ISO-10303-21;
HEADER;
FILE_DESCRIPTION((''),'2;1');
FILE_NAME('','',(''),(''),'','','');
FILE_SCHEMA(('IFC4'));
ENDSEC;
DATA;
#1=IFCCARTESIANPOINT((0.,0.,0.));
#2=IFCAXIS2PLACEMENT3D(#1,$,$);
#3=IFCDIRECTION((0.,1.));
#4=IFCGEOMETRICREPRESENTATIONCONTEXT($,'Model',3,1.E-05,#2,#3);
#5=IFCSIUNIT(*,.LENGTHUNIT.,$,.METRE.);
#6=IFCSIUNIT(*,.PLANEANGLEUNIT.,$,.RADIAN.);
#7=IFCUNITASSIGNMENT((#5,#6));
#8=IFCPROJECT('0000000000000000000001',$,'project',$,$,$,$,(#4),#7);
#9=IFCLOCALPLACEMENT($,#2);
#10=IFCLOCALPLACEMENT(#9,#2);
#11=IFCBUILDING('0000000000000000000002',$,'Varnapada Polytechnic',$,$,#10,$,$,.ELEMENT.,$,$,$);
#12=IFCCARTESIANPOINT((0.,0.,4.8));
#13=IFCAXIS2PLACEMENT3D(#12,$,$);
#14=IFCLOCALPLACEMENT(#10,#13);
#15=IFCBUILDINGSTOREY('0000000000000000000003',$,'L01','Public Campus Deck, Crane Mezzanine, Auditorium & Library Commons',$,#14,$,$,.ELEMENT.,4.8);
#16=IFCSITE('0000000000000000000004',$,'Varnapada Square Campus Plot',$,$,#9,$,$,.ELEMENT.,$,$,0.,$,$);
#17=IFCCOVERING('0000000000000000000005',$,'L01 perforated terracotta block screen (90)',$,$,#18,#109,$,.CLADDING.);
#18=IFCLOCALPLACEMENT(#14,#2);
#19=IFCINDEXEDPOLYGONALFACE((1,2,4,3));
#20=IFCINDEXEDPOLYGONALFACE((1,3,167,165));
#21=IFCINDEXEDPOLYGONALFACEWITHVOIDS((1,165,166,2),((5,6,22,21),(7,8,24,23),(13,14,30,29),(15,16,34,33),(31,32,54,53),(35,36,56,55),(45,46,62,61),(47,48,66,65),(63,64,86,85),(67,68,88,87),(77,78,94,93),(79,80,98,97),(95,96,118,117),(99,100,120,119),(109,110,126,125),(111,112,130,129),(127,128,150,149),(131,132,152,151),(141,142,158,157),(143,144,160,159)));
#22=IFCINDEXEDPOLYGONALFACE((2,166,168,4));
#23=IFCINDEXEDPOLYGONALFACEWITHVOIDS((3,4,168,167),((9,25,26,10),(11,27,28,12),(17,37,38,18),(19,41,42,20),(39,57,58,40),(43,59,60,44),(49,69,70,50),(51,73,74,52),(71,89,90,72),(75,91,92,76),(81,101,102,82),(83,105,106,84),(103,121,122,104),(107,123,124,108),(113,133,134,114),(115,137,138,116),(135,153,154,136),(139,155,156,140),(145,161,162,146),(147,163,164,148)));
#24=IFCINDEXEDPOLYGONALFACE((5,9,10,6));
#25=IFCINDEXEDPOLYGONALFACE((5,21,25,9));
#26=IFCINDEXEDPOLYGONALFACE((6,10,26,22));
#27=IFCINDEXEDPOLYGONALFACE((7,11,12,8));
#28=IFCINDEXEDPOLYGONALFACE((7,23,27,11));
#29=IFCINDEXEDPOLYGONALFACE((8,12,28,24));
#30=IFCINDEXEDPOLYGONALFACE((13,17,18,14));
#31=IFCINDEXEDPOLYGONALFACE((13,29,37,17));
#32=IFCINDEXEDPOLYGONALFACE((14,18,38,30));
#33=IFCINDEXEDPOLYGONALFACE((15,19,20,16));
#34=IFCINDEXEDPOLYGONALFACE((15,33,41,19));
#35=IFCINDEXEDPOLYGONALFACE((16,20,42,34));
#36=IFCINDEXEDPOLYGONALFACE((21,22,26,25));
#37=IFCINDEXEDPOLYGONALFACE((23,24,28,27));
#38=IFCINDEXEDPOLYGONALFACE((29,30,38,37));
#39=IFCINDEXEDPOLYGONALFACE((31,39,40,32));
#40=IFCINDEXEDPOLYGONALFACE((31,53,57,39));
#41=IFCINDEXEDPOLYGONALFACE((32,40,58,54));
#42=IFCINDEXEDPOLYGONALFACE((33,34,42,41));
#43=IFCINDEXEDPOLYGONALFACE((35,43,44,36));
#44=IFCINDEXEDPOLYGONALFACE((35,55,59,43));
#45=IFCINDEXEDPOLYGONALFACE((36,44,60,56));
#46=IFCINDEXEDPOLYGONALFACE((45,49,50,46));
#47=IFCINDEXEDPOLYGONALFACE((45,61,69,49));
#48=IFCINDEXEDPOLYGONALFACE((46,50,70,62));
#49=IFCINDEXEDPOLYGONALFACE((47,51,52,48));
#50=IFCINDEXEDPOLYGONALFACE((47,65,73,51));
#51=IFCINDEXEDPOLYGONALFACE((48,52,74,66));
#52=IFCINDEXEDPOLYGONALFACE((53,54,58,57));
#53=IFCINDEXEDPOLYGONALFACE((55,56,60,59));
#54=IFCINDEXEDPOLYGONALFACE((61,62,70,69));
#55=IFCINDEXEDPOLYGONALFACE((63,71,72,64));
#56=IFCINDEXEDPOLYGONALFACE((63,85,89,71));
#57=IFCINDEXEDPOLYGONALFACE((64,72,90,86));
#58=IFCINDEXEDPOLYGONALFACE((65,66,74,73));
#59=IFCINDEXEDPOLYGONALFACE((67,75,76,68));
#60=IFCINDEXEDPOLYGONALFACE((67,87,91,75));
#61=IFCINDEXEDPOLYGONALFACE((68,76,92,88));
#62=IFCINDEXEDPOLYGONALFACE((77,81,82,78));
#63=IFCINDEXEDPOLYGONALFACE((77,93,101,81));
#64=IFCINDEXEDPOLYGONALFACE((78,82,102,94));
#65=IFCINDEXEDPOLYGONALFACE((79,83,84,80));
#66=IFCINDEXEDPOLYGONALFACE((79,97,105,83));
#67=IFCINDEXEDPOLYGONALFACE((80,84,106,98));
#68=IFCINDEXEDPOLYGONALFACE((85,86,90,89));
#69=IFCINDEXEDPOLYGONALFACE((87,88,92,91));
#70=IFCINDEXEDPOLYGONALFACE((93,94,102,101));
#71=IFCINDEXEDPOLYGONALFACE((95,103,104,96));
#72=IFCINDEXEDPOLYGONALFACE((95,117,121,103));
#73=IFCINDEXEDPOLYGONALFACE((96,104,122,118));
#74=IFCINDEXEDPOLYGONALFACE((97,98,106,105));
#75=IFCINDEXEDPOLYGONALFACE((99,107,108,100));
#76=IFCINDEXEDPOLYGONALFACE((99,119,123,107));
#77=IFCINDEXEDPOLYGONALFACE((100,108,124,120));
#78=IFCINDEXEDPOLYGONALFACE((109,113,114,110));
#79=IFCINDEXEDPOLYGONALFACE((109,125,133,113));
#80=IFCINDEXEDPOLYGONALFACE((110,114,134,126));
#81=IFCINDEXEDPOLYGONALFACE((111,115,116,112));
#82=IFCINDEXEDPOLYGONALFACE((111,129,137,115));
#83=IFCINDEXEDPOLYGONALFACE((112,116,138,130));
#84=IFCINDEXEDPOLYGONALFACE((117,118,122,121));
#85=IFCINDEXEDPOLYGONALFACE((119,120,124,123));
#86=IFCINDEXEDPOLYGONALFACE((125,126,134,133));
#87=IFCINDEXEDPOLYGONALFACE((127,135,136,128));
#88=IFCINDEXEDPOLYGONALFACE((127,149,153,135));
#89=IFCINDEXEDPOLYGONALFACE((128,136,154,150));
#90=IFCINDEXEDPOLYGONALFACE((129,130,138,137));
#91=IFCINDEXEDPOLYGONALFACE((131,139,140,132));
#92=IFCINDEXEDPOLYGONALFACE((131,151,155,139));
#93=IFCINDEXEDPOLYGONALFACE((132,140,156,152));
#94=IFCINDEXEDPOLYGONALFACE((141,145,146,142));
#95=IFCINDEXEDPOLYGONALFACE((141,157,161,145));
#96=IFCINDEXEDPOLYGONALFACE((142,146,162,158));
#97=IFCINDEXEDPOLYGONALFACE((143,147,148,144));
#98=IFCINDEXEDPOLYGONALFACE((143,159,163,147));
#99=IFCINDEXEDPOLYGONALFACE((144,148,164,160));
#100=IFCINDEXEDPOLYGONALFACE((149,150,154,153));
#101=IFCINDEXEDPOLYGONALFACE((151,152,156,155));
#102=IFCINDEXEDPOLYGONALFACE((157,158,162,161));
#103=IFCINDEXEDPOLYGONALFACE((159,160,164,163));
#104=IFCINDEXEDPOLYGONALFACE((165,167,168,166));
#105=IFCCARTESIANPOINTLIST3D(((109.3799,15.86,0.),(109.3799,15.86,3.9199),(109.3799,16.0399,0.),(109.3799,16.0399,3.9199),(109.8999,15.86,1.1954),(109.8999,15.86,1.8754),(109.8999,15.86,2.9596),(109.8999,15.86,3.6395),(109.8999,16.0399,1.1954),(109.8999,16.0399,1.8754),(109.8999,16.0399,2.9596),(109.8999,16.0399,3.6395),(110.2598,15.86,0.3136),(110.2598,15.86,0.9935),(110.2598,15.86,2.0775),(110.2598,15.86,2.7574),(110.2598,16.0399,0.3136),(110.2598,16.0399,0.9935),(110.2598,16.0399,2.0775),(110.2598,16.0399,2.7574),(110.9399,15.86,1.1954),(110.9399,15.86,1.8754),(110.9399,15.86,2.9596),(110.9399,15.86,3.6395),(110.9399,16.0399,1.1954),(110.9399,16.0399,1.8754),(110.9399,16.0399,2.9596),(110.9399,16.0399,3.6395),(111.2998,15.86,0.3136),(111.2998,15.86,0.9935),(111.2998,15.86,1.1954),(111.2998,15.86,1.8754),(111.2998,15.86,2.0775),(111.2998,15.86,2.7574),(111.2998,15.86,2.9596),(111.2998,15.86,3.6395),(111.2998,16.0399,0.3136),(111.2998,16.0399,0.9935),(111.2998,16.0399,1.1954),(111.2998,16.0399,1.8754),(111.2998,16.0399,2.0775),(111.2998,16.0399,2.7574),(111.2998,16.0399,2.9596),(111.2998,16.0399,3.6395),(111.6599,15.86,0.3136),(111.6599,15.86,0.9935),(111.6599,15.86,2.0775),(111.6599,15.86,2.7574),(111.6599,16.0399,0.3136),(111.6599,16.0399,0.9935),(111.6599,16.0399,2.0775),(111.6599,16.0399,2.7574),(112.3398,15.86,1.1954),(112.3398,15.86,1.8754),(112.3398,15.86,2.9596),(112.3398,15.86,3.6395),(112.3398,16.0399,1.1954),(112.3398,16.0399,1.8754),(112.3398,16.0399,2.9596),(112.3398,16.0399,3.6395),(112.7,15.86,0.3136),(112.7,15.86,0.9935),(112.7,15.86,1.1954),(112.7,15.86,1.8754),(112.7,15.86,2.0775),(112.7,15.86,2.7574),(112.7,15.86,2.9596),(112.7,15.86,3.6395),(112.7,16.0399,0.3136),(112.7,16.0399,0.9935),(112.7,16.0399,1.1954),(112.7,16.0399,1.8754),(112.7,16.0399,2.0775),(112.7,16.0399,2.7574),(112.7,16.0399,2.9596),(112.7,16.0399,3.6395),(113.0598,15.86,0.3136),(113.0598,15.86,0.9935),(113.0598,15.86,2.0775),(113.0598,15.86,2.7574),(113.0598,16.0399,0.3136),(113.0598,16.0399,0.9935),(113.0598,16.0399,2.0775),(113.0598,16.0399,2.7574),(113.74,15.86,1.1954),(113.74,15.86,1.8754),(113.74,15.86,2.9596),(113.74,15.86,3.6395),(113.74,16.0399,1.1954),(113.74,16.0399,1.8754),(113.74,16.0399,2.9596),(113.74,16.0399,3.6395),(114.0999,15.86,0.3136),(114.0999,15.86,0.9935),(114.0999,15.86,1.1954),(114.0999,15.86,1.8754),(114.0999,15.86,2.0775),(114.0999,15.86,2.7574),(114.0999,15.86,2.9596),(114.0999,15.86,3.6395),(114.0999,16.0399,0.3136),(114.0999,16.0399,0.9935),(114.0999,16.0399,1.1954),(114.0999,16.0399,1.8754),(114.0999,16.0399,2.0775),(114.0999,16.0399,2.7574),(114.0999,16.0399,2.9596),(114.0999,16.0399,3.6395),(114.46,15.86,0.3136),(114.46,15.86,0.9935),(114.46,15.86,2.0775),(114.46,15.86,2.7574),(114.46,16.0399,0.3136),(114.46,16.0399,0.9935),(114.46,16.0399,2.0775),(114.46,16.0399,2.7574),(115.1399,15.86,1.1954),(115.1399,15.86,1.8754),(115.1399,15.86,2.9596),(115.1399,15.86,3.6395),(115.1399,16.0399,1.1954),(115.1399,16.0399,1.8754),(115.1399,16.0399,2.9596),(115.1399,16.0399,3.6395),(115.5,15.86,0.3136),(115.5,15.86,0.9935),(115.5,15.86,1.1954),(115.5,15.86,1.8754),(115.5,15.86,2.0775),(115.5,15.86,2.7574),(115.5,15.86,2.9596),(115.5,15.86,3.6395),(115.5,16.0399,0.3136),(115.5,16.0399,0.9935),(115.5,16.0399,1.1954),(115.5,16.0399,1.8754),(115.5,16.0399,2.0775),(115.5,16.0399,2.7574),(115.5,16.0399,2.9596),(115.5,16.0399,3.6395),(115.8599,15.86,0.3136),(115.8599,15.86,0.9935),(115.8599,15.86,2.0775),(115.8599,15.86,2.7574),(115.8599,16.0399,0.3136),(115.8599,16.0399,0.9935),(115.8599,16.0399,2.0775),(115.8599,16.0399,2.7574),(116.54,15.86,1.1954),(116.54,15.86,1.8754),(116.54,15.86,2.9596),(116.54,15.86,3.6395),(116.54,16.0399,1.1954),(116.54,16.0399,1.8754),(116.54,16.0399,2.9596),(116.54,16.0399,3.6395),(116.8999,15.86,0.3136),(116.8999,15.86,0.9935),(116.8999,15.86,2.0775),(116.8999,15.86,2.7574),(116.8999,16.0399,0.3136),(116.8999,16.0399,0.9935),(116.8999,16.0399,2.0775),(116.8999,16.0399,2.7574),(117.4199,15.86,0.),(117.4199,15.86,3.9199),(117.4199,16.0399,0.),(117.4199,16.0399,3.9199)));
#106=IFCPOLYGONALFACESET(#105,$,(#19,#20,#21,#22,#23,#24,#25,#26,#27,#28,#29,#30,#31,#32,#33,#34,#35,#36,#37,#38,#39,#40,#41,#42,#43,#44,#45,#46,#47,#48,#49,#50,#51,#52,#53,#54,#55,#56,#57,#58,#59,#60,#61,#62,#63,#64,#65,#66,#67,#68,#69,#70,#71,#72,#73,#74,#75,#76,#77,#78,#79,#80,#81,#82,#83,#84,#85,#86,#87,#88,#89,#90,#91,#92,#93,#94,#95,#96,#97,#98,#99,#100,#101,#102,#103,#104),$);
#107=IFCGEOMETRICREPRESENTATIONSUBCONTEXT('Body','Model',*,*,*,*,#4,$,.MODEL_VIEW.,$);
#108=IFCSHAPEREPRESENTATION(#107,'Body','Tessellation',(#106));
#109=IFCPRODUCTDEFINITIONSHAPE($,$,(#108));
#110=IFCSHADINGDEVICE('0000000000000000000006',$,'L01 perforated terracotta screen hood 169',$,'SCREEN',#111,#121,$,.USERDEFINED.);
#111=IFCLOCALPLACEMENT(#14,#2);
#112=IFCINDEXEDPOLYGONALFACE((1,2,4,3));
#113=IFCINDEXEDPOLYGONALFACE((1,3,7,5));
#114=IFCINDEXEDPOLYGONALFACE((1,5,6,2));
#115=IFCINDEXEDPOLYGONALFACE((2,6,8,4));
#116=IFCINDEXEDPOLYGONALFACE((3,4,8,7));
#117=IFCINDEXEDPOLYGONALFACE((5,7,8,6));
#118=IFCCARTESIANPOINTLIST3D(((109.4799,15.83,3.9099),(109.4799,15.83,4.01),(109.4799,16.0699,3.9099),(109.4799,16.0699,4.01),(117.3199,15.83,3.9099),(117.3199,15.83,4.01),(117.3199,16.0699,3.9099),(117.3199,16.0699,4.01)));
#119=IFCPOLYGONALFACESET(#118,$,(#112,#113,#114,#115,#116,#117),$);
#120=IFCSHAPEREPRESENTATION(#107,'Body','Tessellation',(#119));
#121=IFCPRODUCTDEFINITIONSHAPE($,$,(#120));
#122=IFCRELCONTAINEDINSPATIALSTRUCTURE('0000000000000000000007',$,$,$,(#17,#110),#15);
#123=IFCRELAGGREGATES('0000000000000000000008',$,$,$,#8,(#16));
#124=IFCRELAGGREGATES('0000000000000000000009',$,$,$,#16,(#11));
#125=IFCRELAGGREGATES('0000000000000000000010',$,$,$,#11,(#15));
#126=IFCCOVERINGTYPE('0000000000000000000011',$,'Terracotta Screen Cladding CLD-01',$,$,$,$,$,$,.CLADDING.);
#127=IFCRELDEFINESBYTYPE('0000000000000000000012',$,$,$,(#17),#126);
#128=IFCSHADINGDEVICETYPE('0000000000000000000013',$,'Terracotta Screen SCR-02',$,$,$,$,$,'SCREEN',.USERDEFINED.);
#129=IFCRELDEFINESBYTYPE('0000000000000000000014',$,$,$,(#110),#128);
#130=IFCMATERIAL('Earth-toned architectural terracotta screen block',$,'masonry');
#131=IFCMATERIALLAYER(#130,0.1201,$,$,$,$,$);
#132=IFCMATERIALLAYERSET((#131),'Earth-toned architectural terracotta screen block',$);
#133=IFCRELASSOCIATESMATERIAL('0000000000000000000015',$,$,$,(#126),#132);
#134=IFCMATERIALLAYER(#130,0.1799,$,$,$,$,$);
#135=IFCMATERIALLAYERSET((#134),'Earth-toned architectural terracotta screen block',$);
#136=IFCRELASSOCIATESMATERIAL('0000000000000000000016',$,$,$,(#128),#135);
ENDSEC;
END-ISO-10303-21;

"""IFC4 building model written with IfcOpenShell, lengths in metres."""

from ifc_helpers import new_model, si_unit, direction, frame, frame_2d, origin, origin_2d, place, context, subcontext, project, spatial, rectangle, extrude, material, layer, layer_set, type_object, element, save


model = new_model("IFC4")

# Units and contexts
model_context = context("Model", 3, precision=1e-05, world=origin(), true_north=direction((0.0, 1.0)))
body_context = subcontext(model_context, "Body", "Model", "MODEL_VIEW")
ifc_project = project(units=[si_unit("LENGTHUNIT", "METRE"), si_unit("PLANEANGLEUNIT", "RADIAN")], contexts=[model_context])

# Site, building, storey
site_placement = place(None, origin())
site = spatial("IfcSite", under=ifc_project, at=site_placement, Name="Varnapada Square Campus Plot", CompositionType="ELEMENT", RefElevation=0.0)
building_placement = place(site_placement, origin())
building = spatial("IfcBuilding", under=site, at=building_placement, Name="Varnapada Polytechnic", CompositionType="ELEMENT")
storey_placement = place(building_placement, frame((0.0, 0.0, 4.8)))
storey = spatial("IfcBuildingStorey", under=building, at=storey_placement, Name="L01", Description="Public Campus Deck, Crane Mezzanine, Auditorium & Library Commons", CompositionType="ELEMENT", Elevation=4.8)

# Covering, openings
ifc_material = material(Name="Earth-toned architectural terracotta screen block", Category="masonry")
ifc_layer_1 = layer(ifc_material, 0.1201)
ifc_layer_set_1 = layer_set([ifc_layer_1], Name="Earth-toned architectural terracotta screen block")
covering_type = type_object("IfcCoveringType", Name="Terracotta Screen Cladding CLD-01", PredefinedType="CLADDING", material=ifc_layer_set_1)
covering_placement = place(storey_placement, frame((117.4199, 15.95, 0.0), z_axis=(0.0, 0.0, 1.0), x_axis=(-1.0, 0.0, 0.0)))
covering = element("IfcCovering", 1, at=covering_placement, inside=storey, type_object=covering_type, Name="L01 perforated terracotta block screen (90)", PredefinedType="CLADDING", context=body_context, shape_type="SweptSolid", body=[
    extrude(rectangle(XDim=8.04, YDim=0.1799, at=frame_2d((4.02, 0.0))), origin(), (0.0, 0.0, 1.0), 3.9199),
])
opening_1_placement = place(covering_placement, frame((0.52, 0.0, 0.3137)))
element("IfcOpeningElement", 2, at=opening_1_placement, cuts=covering, PredefinedType="OPENING", context=body_context, shape_type="SweptSolid", body=[
    extrude(rectangle(XDim=1.04, YDim=0.6799, at=frame_2d((0.52, 0.3398))), frame((0.0, 0.0999, 0.0), z_axis=(0.0, -1.0, 0.0), x_axis=(1.0, 0.0, 0.0)), (0.0, 0.0, 1.0), 0.2),
])
opening_2_placement = place(covering_placement, frame((1.9199, 0.0, 0.3137)))
element("IfcOpeningElement", 3, at=opening_2_placement, cuts=covering, PredefinedType="OPENING", context=body_context, shape_type="SweptSolid", body=[
    extrude(rectangle(XDim=1.04, YDim=0.6799, at=frame_2d((0.52, 0.3398))), frame((0.0, 0.0999, 0.0), z_axis=(0.0, -1.0, 0.0), x_axis=(1.0, 0.0, 0.0)), (0.0, 0.0, 1.0), 0.2),
])
opening_3_placement = place(covering_placement, frame((3.3201, 0.0, 0.3137)))
element("IfcOpeningElement", 4, at=opening_3_placement, cuts=covering, PredefinedType="OPENING", context=body_context, shape_type="SweptSolid", body=[
    extrude(rectangle(XDim=1.04, YDim=0.6799, at=frame_2d((0.52, 0.3398))), frame((0.0, 0.0999, 0.0), z_axis=(0.0, -1.0, 0.0), x_axis=(1.0, 0.0, 0.0)), (0.0, 0.0, 1.0), 0.2),
])
opening_4_placement = place(covering_placement, frame((4.72, 0.0, 0.3137)))
element("IfcOpeningElement", 5, at=opening_4_placement, cuts=covering, PredefinedType="OPENING", context=body_context, shape_type="SweptSolid", body=[
    extrude(rectangle(XDim=1.04, YDim=0.6799, at=frame_2d((0.52, 0.3398))), frame((0.0, 0.0999, 0.0), z_axis=(0.0, -1.0, 0.0), x_axis=(1.0, 0.0, 0.0)), (0.0, 0.0, 1.0), 0.2),
])
opening_5_placement = place(covering_placement, frame((6.1201, 0.0, 0.3137)))
element("IfcOpeningElement", 6, at=opening_5_placement, cuts=covering, PredefinedType="OPENING", context=body_context, shape_type="SweptSolid", body=[
    extrude(rectangle(XDim=1.04, YDim=0.6799, at=frame_2d((0.52, 0.3398))), frame((0.0, 0.0999, 0.0), z_axis=(0.0, -1.0, 0.0), x_axis=(1.0, 0.0, 0.0)), (0.0, 0.0, 1.0), 0.2),
])
opening_6_placement = place(covering_placement, frame((0.8799, 0.0, 1.1956)))
element("IfcOpeningElement", 7, at=opening_6_placement, cuts=covering, PredefinedType="OPENING", context=body_context, shape_type="SweptSolid", body=[
    extrude(rectangle(XDim=1.04, YDim=0.6799, at=frame_2d((0.52, 0.3398))), frame((0.0, 0.0999, 0.0), z_axis=(0.0, -1.0, 0.0), x_axis=(1.0, 0.0, 0.0)), (0.0, 0.0, 1.0), 0.2),
])
opening_7_placement = place(covering_placement, frame((2.28, 0.0, 1.1956)))
element("IfcOpeningElement", 8, at=opening_7_placement, cuts=covering, PredefinedType="OPENING", context=body_context, shape_type="SweptSolid", body=[
    extrude(rectangle(XDim=1.04, YDim=0.6799, at=frame_2d((0.52, 0.3398))), frame((0.0, 0.0999, 0.0), z_axis=(0.0, -1.0, 0.0), x_axis=(1.0, 0.0, 0.0)), (0.0, 0.0, 1.0), 0.2),
])
opening_8_placement = place(covering_placement, frame((3.6799, 0.0, 1.1956)))
element("IfcOpeningElement", 9, at=opening_8_placement, cuts=covering, PredefinedType="OPENING", context=body_context, shape_type="SweptSolid", body=[
    extrude(rectangle(XDim=1.04, YDim=0.6799, at=frame_2d((0.52, 0.3398))), frame((0.0, 0.0999, 0.0), z_axis=(0.0, -1.0, 0.0), x_axis=(1.0, 0.0, 0.0)), (0.0, 0.0, 1.0), 0.2),
])
opening_9_placement = place(covering_placement, frame((5.0801, 0.0, 1.1956)))
element("IfcOpeningElement", 10, at=opening_9_placement, cuts=covering, PredefinedType="OPENING", context=body_context, shape_type="SweptSolid", body=[
    extrude(rectangle(XDim=1.04, YDim=0.6799, at=frame_2d((0.52, 0.3398))), frame((0.0, 0.0999, 0.0), z_axis=(0.0, -1.0, 0.0), x_axis=(1.0, 0.0, 0.0)), (0.0, 0.0, 1.0), 0.2),
])
opening_10_placement = place(covering_placement, frame((6.48, 0.0, 1.1956)))
element("IfcOpeningElement", 11, at=opening_10_placement, cuts=covering, PredefinedType="OPENING", context=body_context, shape_type="SweptSolid", body=[
    extrude(rectangle(XDim=1.04, YDim=0.6799, at=frame_2d((0.52, 0.3398))), frame((0.0, 0.0999, 0.0), z_axis=(0.0, -1.0, 0.0), x_axis=(1.0, 0.0, 0.0)), (0.0, 0.0, 1.0), 0.2),
])
opening_11_placement = place(covering_placement, frame((0.52, 0.0, 2.0776)))
element("IfcOpeningElement", 12, at=opening_11_placement, cuts=covering, PredefinedType="OPENING", context=body_context, shape_type="SweptSolid", body=[
    extrude(rectangle(XDim=1.04, YDim=0.6799, at=frame_2d((0.52, 0.3398))), frame((0.0, 0.0999, 0.0), z_axis=(0.0, -1.0, 0.0), x_axis=(1.0, 0.0, 0.0)), (0.0, 0.0, 1.0), 0.2),
])
opening_12_placement = place(covering_placement, frame((1.9199, 0.0, 2.0776)))
element("IfcOpeningElement", 13, at=opening_12_placement, cuts=covering, PredefinedType="OPENING", context=body_context, shape_type="SweptSolid", body=[
    extrude(rectangle(XDim=1.04, YDim=0.6799, at=frame_2d((0.52, 0.3398))), frame((0.0, 0.0999, 0.0), z_axis=(0.0, -1.0, 0.0), x_axis=(1.0, 0.0, 0.0)), (0.0, 0.0, 1.0), 0.2),
])
opening_13_placement = place(covering_placement, frame((3.3201, 0.0, 2.0776)))
element("IfcOpeningElement", 14, at=opening_13_placement, cuts=covering, PredefinedType="OPENING", context=body_context, shape_type="SweptSolid", body=[
    extrude(rectangle(XDim=1.04, YDim=0.6799, at=frame_2d((0.52, 0.3398))), frame((0.0, 0.0999, 0.0), z_axis=(0.0, -1.0, 0.0), x_axis=(1.0, 0.0, 0.0)), (0.0, 0.0, 1.0), 0.2),
])
opening_14_placement = place(covering_placement, frame((4.72, 0.0, 2.0776)))
element("IfcOpeningElement", 15, at=opening_14_placement, cuts=covering, PredefinedType="OPENING", context=body_context, shape_type="SweptSolid", body=[
    extrude(rectangle(XDim=1.04, YDim=0.6799, at=frame_2d((0.52, 0.3398))), frame((0.0, 0.0999, 0.0), z_axis=(0.0, -1.0, 0.0), x_axis=(1.0, 0.0, 0.0)), (0.0, 0.0, 1.0), 0.2),
])
opening_15_placement = place(covering_placement, frame((6.1201, 0.0, 2.0776)))
element("IfcOpeningElement", 16, at=opening_15_placement, cuts=covering, PredefinedType="OPENING", context=body_context, shape_type="SweptSolid", body=[
    extrude(rectangle(XDim=1.04, YDim=0.6799, at=frame_2d((0.52, 0.3398))), frame((0.0, 0.0999, 0.0), z_axis=(0.0, -1.0, 0.0), x_axis=(1.0, 0.0, 0.0)), (0.0, 0.0, 1.0), 0.2),
])
opening_16_placement = place(covering_placement, frame((0.8799, 0.0, 2.9597)))
element("IfcOpeningElement", 17, at=opening_16_placement, cuts=covering, PredefinedType="OPENING", context=body_context, shape_type="SweptSolid", body=[
    extrude(rectangle(XDim=1.04, YDim=0.6799, at=frame_2d((0.52, 0.3398))), frame((0.0, 0.0999, 0.0), z_axis=(0.0, -1.0, 0.0), x_axis=(1.0, 0.0, 0.0)), (0.0, 0.0, 1.0), 0.2),
])
opening_17_placement = place(covering_placement, frame((2.28, 0.0, 2.9597)))
element("IfcOpeningElement", 18, at=opening_17_placement, cuts=covering, PredefinedType="OPENING", context=body_context, shape_type="SweptSolid", body=[
    extrude(rectangle(XDim=1.04, YDim=0.6799, at=frame_2d((0.52, 0.3398))), frame((0.0, 0.0999, 0.0), z_axis=(0.0, -1.0, 0.0), x_axis=(1.0, 0.0, 0.0)), (0.0, 0.0, 1.0), 0.2),
])
opening_18_placement = place(covering_placement, frame((3.6799, 0.0, 2.9597)))
element("IfcOpeningElement", 19, at=opening_18_placement, cuts=covering, PredefinedType="OPENING", context=body_context, shape_type="SweptSolid", body=[
    extrude(rectangle(XDim=1.04, YDim=0.6799, at=frame_2d((0.52, 0.3398))), frame((0.0, 0.0999, 0.0), z_axis=(0.0, -1.0, 0.0), x_axis=(1.0, 0.0, 0.0)), (0.0, 0.0, 1.0), 0.2),
])
opening_19_placement = place(covering_placement, frame((5.0801, 0.0, 2.9597)))
element("IfcOpeningElement", 20, at=opening_19_placement, cuts=covering, PredefinedType="OPENING", context=body_context, shape_type="SweptSolid", body=[
    extrude(rectangle(XDim=1.04, YDim=0.6799, at=frame_2d((0.52, 0.3398))), frame((0.0, 0.0999, 0.0), z_axis=(0.0, -1.0, 0.0), x_axis=(1.0, 0.0, 0.0)), (0.0, 0.0, 1.0), 0.2),
])
opening_20_placement = place(covering_placement, frame((6.48, 0.0, 2.9597)))
element("IfcOpeningElement", 21, at=opening_20_placement, cuts=covering, PredefinedType="OPENING", context=body_context, shape_type="SweptSolid", body=[
    extrude(rectangle(XDim=1.04, YDim=0.6799, at=frame_2d((0.52, 0.3398))), frame((0.0, 0.0999, 0.0), z_axis=(0.0, -1.0, 0.0), x_axis=(1.0, 0.0, 0.0)), (0.0, 0.0, 1.0), 0.2),
])

# Shading device
ifc_layer_2 = layer(ifc_material, 0.1799)
ifc_layer_set_2 = layer_set([ifc_layer_2], Name="Earth-toned architectural terracotta screen block")
shading_device_type = type_object("IfcShadingDeviceType", Name="Terracotta Screen SCR-02", ElementType="SCREEN", PredefinedType="USERDEFINED", material=ifc_layer_set_2)
shading_device_placement = place(storey_placement, frame((113.3999, 15.95, 3.9099), z_axis=(0.0, 0.0, 1.0), x_axis=(-1.0, 0.0, 0.0)))
element("IfcShadingDevice", 22, at=shading_device_placement, inside=storey, type_object=shading_device_type, Name="L01 perforated terracotta screen hood 169", ObjectType="SCREEN", PredefinedType="USERDEFINED", context=body_context, shape_type="SweptSolid", body=[
    extrude(rectangle(XDim=7.8401, YDim=0.24, at=origin_2d()), origin(), (0.0, 0.0, 1.0), 0.1001),
])

save(model, "model.ifc")
